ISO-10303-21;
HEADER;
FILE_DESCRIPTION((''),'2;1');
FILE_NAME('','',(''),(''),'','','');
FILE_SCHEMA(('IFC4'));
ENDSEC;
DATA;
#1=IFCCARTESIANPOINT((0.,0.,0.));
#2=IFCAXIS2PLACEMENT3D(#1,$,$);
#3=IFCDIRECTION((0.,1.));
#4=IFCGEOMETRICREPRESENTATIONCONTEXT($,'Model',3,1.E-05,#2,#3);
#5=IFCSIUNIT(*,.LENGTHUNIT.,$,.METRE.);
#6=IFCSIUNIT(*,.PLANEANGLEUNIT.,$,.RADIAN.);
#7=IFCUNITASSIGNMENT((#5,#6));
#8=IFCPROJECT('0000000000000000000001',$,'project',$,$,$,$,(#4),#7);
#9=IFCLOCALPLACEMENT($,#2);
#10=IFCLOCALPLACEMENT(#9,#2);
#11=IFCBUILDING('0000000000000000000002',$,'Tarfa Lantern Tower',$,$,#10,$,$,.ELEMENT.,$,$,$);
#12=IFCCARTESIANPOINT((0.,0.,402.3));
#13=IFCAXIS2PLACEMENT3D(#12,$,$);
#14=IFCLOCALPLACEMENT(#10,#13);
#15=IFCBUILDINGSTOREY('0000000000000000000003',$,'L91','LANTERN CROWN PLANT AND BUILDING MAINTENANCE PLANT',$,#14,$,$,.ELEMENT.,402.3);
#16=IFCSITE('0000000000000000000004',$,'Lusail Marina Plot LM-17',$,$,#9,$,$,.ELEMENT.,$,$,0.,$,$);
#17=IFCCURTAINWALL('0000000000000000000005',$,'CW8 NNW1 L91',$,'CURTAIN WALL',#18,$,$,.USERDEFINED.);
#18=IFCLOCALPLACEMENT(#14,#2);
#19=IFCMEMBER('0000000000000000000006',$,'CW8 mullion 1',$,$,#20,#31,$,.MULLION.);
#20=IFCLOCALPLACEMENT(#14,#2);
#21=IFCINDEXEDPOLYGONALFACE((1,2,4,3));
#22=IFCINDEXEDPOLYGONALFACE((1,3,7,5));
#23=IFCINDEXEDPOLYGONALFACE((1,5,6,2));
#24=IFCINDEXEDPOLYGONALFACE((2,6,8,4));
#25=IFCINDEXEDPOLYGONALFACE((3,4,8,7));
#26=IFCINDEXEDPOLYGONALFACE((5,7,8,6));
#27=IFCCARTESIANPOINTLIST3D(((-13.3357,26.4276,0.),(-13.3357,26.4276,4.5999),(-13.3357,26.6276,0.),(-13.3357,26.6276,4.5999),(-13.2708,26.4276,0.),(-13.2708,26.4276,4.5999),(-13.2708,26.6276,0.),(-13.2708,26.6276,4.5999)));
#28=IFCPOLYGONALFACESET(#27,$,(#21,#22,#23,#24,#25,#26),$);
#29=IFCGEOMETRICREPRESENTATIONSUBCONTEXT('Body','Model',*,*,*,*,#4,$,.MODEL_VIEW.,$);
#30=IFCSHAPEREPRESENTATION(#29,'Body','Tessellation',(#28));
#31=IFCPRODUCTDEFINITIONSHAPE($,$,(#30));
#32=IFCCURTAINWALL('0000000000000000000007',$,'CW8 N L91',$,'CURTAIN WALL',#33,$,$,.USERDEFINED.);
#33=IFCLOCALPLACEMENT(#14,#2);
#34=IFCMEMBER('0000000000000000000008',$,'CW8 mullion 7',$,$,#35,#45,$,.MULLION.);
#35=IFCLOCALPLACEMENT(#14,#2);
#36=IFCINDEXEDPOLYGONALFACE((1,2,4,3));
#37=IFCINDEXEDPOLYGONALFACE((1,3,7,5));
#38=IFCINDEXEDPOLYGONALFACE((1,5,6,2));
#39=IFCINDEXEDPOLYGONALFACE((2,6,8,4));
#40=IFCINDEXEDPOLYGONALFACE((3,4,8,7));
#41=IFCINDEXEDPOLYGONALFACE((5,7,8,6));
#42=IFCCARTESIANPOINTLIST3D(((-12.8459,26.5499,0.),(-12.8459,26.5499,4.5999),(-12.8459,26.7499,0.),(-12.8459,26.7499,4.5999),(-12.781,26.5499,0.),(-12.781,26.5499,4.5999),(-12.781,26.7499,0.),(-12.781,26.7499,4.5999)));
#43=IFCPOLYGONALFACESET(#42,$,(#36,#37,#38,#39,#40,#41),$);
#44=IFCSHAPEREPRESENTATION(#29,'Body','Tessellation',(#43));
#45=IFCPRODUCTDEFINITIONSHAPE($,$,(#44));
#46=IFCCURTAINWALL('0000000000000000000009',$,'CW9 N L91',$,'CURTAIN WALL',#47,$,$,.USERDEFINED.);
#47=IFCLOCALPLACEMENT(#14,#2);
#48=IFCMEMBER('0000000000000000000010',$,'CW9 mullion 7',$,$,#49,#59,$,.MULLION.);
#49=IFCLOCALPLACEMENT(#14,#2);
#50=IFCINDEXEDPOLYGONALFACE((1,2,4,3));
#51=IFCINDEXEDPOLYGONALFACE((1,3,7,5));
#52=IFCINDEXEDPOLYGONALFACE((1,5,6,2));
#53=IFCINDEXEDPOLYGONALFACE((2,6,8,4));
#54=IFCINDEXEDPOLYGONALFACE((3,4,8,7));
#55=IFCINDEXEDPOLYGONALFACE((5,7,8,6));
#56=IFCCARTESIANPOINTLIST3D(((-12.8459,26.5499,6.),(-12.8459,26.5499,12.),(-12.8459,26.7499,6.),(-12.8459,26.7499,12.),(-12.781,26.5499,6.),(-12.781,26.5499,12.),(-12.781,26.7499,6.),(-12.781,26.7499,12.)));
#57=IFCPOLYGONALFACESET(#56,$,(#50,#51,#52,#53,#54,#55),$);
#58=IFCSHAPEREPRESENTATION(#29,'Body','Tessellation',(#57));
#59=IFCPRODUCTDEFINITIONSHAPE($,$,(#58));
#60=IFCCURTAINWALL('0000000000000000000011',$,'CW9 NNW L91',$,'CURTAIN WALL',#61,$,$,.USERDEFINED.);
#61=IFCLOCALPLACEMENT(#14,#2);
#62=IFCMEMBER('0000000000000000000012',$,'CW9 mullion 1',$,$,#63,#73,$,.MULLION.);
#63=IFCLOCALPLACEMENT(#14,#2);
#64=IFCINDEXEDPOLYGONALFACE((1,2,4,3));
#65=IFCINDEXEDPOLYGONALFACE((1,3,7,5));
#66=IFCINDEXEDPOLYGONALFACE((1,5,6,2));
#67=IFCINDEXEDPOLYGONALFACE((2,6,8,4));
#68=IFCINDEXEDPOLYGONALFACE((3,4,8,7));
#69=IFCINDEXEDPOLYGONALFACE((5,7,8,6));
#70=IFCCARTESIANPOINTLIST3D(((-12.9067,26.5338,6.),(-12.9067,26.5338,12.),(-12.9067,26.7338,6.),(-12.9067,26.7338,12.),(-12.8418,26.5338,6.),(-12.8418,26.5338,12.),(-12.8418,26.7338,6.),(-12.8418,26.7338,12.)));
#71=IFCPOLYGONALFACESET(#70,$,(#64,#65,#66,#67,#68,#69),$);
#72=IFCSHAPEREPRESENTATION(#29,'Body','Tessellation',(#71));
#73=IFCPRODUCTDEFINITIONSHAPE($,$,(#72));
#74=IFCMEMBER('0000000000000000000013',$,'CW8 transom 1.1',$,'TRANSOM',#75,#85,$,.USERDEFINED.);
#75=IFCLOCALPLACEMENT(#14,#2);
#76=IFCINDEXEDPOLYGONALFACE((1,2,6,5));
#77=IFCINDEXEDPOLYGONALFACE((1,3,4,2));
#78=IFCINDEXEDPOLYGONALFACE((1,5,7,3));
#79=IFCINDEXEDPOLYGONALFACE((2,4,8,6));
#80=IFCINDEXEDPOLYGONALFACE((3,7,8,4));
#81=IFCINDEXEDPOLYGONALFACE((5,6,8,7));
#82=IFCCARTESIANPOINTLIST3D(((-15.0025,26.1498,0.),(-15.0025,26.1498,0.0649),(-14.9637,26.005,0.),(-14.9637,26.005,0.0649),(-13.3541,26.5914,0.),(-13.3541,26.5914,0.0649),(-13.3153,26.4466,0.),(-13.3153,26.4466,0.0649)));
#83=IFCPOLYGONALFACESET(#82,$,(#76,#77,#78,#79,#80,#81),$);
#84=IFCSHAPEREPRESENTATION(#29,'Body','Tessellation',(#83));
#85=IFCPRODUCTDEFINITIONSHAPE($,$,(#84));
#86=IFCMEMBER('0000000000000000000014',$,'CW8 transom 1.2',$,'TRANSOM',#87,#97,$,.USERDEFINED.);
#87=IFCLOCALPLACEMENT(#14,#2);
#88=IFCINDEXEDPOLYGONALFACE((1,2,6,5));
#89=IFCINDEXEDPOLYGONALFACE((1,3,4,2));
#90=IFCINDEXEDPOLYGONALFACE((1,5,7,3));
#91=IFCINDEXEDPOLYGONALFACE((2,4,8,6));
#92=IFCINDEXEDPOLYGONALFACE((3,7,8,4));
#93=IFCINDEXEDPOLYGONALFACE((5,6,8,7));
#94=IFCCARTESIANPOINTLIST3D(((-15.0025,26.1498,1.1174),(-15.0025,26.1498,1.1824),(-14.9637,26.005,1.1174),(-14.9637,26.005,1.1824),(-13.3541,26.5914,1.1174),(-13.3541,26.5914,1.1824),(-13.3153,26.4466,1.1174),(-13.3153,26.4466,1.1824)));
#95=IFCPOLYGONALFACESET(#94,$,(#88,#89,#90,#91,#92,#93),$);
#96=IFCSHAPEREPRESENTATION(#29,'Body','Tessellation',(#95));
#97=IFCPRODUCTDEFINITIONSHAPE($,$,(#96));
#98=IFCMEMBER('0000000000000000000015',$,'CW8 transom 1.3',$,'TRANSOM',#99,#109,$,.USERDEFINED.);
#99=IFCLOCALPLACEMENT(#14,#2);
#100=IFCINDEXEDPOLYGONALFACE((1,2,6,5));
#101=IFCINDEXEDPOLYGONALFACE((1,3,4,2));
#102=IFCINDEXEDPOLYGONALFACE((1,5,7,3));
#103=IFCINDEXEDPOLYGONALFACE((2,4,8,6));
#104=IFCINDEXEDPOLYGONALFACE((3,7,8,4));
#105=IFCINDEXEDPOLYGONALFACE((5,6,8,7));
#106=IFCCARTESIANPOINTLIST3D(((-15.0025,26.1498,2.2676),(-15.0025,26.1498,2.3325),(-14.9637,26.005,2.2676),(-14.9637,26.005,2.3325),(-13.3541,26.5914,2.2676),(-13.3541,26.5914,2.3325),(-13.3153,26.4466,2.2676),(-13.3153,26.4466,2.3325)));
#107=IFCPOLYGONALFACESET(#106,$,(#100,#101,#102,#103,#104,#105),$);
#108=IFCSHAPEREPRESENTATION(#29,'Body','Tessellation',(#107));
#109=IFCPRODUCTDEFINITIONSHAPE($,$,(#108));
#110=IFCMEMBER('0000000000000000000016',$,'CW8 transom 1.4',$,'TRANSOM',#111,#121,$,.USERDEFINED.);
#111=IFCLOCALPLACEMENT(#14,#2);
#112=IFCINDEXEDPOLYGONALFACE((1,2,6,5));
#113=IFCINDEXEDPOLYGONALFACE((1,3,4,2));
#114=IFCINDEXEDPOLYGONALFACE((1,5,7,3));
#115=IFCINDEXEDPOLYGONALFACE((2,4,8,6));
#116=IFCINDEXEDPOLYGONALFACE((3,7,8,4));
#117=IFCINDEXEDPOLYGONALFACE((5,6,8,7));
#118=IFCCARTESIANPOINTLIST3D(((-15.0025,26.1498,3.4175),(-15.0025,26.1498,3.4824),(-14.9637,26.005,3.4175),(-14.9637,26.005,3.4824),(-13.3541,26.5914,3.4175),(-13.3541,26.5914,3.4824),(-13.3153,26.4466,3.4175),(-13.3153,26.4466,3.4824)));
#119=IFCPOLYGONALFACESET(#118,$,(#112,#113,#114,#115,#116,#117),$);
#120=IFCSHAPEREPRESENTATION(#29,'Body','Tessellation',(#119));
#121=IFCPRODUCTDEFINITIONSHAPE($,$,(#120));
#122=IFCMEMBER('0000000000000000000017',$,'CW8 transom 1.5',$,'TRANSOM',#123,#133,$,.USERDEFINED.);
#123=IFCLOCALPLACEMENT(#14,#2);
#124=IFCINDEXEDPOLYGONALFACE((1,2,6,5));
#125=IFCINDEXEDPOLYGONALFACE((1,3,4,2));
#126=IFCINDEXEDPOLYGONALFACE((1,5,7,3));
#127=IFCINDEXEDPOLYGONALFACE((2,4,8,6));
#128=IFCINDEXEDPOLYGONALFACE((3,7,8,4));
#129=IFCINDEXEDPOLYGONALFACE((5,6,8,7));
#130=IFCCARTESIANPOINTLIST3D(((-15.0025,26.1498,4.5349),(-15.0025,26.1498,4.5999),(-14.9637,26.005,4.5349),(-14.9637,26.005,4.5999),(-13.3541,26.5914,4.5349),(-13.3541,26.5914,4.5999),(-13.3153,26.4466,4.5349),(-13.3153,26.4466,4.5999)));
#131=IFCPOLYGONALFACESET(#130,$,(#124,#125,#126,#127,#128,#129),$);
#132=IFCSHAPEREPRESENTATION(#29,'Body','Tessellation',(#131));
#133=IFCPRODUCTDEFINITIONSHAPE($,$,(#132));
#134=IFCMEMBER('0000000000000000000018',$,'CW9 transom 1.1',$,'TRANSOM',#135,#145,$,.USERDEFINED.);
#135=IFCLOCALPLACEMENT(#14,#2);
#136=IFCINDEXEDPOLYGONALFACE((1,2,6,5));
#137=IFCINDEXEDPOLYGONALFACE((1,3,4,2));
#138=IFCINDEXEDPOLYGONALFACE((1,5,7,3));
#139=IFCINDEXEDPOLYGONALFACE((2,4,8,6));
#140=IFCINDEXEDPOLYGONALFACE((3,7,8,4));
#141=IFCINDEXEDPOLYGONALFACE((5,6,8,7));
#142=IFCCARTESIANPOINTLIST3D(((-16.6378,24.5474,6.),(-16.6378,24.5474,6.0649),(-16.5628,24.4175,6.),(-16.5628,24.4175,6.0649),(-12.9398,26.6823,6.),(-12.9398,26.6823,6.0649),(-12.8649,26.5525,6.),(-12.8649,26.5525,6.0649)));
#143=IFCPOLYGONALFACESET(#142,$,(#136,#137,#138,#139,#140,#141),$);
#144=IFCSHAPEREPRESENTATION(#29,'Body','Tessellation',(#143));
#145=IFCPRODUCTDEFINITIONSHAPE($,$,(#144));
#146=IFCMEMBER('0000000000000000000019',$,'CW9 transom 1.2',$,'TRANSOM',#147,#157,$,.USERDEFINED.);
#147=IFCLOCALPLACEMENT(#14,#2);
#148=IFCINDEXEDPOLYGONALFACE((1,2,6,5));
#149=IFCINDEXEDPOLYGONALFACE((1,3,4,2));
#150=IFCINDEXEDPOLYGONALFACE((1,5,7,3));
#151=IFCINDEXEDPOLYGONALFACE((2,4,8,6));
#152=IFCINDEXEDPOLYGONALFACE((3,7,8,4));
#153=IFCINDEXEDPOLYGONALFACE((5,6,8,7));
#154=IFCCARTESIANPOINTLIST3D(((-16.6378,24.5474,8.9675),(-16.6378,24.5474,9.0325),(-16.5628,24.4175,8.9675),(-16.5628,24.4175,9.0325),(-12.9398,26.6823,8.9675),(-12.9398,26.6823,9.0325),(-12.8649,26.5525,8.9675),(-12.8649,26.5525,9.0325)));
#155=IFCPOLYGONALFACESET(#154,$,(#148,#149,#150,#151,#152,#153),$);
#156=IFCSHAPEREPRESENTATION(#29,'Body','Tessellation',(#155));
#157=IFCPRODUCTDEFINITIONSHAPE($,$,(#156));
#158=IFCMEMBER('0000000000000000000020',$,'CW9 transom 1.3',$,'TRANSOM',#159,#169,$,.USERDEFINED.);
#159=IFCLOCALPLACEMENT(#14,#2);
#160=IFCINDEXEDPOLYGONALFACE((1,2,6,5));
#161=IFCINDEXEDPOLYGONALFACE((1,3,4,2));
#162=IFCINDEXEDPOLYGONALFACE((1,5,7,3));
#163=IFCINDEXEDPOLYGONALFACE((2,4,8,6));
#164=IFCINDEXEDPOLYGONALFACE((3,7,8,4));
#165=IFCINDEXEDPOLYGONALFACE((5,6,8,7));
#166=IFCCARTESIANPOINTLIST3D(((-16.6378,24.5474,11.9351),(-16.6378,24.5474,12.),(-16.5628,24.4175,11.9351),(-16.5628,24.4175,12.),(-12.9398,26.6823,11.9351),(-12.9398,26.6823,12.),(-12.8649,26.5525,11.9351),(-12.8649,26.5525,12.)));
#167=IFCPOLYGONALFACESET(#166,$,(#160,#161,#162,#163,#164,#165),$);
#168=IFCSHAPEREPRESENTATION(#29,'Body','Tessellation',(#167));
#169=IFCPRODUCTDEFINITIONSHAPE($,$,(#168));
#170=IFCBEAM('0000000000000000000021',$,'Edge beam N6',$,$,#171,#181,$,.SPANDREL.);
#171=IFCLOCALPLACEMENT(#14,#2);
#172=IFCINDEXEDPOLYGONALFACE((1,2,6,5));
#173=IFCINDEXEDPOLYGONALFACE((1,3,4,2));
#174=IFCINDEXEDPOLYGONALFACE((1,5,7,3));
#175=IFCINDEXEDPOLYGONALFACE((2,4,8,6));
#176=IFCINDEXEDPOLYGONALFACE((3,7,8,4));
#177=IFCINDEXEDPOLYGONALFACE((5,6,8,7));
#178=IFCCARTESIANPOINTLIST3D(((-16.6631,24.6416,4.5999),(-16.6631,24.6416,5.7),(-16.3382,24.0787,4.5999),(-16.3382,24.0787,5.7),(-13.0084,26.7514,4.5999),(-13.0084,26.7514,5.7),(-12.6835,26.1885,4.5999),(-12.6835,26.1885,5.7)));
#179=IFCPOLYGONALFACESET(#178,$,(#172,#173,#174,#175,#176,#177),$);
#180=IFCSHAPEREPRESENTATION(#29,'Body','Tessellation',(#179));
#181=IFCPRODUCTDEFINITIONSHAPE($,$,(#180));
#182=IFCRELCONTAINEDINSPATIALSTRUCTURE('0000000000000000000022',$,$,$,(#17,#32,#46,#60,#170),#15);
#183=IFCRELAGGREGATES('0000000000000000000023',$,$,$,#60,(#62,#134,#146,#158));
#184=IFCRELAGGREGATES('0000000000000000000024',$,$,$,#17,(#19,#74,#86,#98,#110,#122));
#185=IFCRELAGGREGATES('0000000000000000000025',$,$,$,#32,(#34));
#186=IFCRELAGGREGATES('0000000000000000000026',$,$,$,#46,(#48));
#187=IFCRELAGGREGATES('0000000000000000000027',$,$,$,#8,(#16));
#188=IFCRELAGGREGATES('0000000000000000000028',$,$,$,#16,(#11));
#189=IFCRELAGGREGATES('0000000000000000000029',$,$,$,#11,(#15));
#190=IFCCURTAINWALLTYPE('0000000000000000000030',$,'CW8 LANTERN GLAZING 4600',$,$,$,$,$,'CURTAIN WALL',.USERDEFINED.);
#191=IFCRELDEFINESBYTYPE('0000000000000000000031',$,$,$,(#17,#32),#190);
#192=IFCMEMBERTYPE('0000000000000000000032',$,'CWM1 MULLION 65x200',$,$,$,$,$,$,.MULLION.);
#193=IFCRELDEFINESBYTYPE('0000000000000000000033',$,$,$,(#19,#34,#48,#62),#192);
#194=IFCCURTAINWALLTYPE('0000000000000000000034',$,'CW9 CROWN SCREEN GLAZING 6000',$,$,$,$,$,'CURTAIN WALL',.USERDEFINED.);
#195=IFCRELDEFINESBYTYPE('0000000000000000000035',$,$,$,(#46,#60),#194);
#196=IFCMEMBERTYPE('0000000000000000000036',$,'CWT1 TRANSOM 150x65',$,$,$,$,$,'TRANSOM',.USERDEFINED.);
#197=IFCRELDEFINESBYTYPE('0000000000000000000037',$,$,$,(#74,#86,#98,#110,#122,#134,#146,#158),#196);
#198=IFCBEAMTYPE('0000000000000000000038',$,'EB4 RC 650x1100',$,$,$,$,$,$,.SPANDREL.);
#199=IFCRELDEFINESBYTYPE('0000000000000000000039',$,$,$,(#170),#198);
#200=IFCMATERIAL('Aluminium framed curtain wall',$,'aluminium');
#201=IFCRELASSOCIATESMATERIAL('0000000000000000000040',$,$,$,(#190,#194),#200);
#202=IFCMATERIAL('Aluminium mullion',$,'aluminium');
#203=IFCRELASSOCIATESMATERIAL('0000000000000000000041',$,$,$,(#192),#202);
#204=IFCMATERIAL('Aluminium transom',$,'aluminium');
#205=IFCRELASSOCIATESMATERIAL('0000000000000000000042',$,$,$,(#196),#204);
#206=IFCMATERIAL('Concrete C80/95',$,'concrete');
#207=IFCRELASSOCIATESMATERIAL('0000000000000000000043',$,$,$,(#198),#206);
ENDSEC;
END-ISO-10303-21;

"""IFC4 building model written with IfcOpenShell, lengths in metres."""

from ifc_helpers import new_model, si_unit, direction, frame, origin, origin_2d, place, context, subcontext, project, spatial, rectangle, extrude, material, material_profile, profile_set, type_object, element, aggregate, save


model = new_model("IFC4")

# Units and contexts
model_context = context("Model", 3, precision=1e-05, world=origin(), true_north=direction((0.0, 1.0)))
body_context = subcontext(model_context, "Body", "Model", "MODEL_VIEW")
ifc_project = project(units=[si_unit("LENGTHUNIT", "METRE"), si_unit("PLANEANGLEUNIT", "RADIAN")], contexts=[model_context])

# Site, building, storey
site_placement = place(None, origin())
site = spatial("IfcSite", under=ifc_project, at=site_placement, Name="Lusail Marina Plot LM-17", CompositionType="ELEMENT", RefElevation=0.0)
building_placement = place(site_placement, origin())
building = spatial("IfcBuilding", under=site, at=building_placement, Name="Tarfa Lantern Tower", CompositionType="ELEMENT")
storey_placement = place(building_placement, frame((0.0, 0.0, 402.3)))
storey = spatial("IfcBuildingStorey", under=building, at=storey_placement, Name="L91", Description="LANTERN CROWN PLANT AND BUILDING MAINTENANCE PLANT", CompositionType="ELEMENT", Elevation=402.3)

# Curtain walls, members
ifc_material_1 = material(Name="Aluminium framed curtain wall", Category="aluminium")
curtain_wall_type_1 = type_object("IfcCurtainWallType", Name="CW8 LANTERN GLAZING 4600", ElementType="CURTAIN WALL", PredefinedType="USERDEFINED", material=ifc_material_1)
curtain_wall_1_placement = place(storey_placement, origin())
curtain_wall_1 = element("IfcCurtainWall", 1, at=curtain_wall_1_placement, inside=storey, type_object=curtain_wall_type_1, Name="CW8 NNW1 L91", ObjectType="CURTAIN WALL", PredefinedType="USERDEFINED")
ifc_material_2 = material(Name="Aluminium mullion", Category="aluminium")
ifc_material_profile_1 = material_profile(ifc_material_2, rectangle(XDim=0.0649, YDim=0.2, at=origin_2d()), Name="AL MULLION 65x200")
ifc_profile_set_1 = profile_set([ifc_material_profile_1], Name="Aluminium mullion")
member_type_1 = type_object("IfcMemberType", Name="CWM1 MULLION 65x200", PredefinedType="MULLION", material=ifc_profile_set_1)
member_1_placement = place(storey_placement, frame((-13.3032, 26.5276, 0.0), z_axis=(0.0, 0.0, 1.0), x_axis=(1.0, 0.0, 0.0)))
member_1 = element("IfcMember", 2, at=member_1_placement, type_object=member_type_1, Name="CW8 mullion 1", PredefinedType="MULLION", context=body_context, shape_type="SweptSolid", body=[
    extrude(rectangle(XDim=0.0649, YDim=0.2, at=origin_2d()), origin(), (0.0, 0.0, 1.0), 4.5999),
])
curtain_wall_2_placement = place(storey_placement, origin())
curtain_wall_2 = element("IfcCurtainWall", 3, at=curtain_wall_2_placement, inside=storey, type_object=curtain_wall_type_1, Name="CW8 N L91", ObjectType="CURTAIN WALL", PredefinedType="USERDEFINED")
member_2_placement = place(storey_placement, frame((-12.8135, 26.6499, 0.0), z_axis=(0.0, 0.0, 1.0), x_axis=(1.0, 0.0, 0.0)))
member_2 = element("IfcMember", 4, at=member_2_placement, type_object=member_type_1, Name="CW8 mullion 7", PredefinedType="MULLION", context=body_context, shape_type="SweptSolid", body=[
    extrude(rectangle(XDim=0.0649, YDim=0.2, at=origin_2d()), origin(), (0.0, 0.0, 1.0), 4.5999),
])
curtain_wall_type_2 = type_object("IfcCurtainWallType", Name="CW9 CROWN SCREEN GLAZING 6000", ElementType="CURTAIN WALL", PredefinedType="USERDEFINED", material=ifc_material_1)
curtain_wall_3_placement = place(storey_placement, origin())
curtain_wall_3 = element("IfcCurtainWall", 5, at=curtain_wall_3_placement, inside=storey, type_object=curtain_wall_type_2, Name="CW9 N L91", ObjectType="CURTAIN WALL", PredefinedType="USERDEFINED")
member_3_placement = place(storey_placement, frame((-12.8135, 26.6499, 6.0), z_axis=(0.0, 0.0, 1.0), x_axis=(1.0, 0.0, 0.0)))
member_3 = element("IfcMember", 6, at=member_3_placement, type_object=member_type_1, Name="CW9 mullion 7", PredefinedType="MULLION", context=body_context, shape_type="SweptSolid", body=[
    extrude(rectangle(XDim=0.0649, YDim=0.2, at=origin_2d()), origin(), (0.0, 0.0, 1.0), 6.0),
])
curtain_wall_4_placement = place(storey_placement, origin())
curtain_wall_4 = element("IfcCurtainWall", 7, at=curtain_wall_4_placement, inside=storey, type_object=curtain_wall_type_2, Name="CW9 NNW L91", ObjectType="CURTAIN WALL", PredefinedType="USERDEFINED")
member_4_placement = place(storey_placement, frame((-12.8743, 26.6338, 6.0), z_axis=(0.0, 0.0, 1.0), x_axis=(1.0, 0.0, 0.0)))
member_4 = element("IfcMember", 8, at=member_4_placement, type_object=member_type_1, Name="CW9 mullion 1", PredefinedType="MULLION", context=body_context, shape_type="SweptSolid", body=[
    extrude(rectangle(XDim=0.0649, YDim=0.2, at=origin_2d()), origin(), (0.0, 0.0, 1.0), 6.0),
])

# Members
ifc_material_3 = material(Name="Aluminium transom", Category="aluminium")
ifc_material_profile_2 = material_profile(ifc_material_3, rectangle(XDim=0.1499, YDim=0.0649, at=origin_2d()), Name="AL TRANSOM 150x65")
ifc_profile_set_2 = profile_set([ifc_material_profile_2], Name="Aluminium transom")
member_type_2 = type_object("IfcMemberType", Name="CWT1 TRANSOM 150x65", ElementType="TRANSOM", PredefinedType="USERDEFINED", material=ifc_profile_set_2)
member_5_placement = place(storey_placement, frame((-13.3347, 26.519, 0.0325), z_axis=(-0.965933, -0.258793, 0.0), x_axis=(0.258793, -0.965933, 0.0)))
member_5 = element("IfcMember", 9, at=member_5_placement, type_object=member_type_2, Name="CW8 transom 1.1", ObjectType="TRANSOM", PredefinedType="USERDEFINED", context=body_context, shape_type="SweptSolid", body=[
    extrude(rectangle(XDim=0.1499, YDim=0.0649, at=origin_2d()), origin(), (0.0, 0.0, 1.0), 1.7065),
])
member_6_placement = place(storey_placement, frame((-13.3347, 26.519, 1.1499), z_axis=(-0.965933, -0.258793, 0.0), x_axis=(0.258793, -0.965933, 0.0)))
member_6 = element("IfcMember", 10, at=member_6_placement, type_object=member_type_2, Name="CW8 transom 1.2", ObjectType="TRANSOM", PredefinedType="USERDEFINED", context=body_context, shape_type="SweptSolid", body=[
    extrude(rectangle(XDim=0.1499, YDim=0.0649, at=origin_2d()), origin(), (0.0, 0.0, 1.0), 1.7065),
])
member_7_placement = place(storey_placement, frame((-13.3347, 26.519, 2.3), z_axis=(-0.965933, -0.258793, 0.0), x_axis=(0.258793, -0.965933, 0.0)))
member_7 = element("IfcMember", 11, at=member_7_placement, type_object=member_type_2, Name="CW8 transom 1.3", ObjectType="TRANSOM", PredefinedType="USERDEFINED", context=body_context, shape_type="SweptSolid", body=[
    extrude(rectangle(XDim=0.1499, YDim=0.0649, at=origin_2d()), origin(), (0.0, 0.0, 1.0), 1.7065),
])
member_8_placement = place(storey_placement, frame((-13.3347, 26.519, 3.45), z_axis=(-0.965933, -0.258793, 0.0), x_axis=(0.258793, -0.965933, 0.0)))
member_8 = element("IfcMember", 12, at=member_8_placement, type_object=member_type_2, Name="CW8 transom 1.4", ObjectType="TRANSOM", PredefinedType="USERDEFINED", context=body_context, shape_type="SweptSolid", body=[
    extrude(rectangle(XDim=0.1499, YDim=0.0649, at=origin_2d()), origin(), (0.0, 0.0, 1.0), 1.7065),
])
member_9_placement = place(storey_placement, frame((-13.3347, 26.519, 4.5674), z_axis=(-0.965933, -0.258793, 0.0), x_axis=(0.258793, -0.965933, 0.0)))
member_9 = element("IfcMember", 13, at=member_9_placement, type_object=member_type_2, Name="CW8 transom 1.5", ObjectType="TRANSOM", PredefinedType="USERDEFINED", context=body_context, shape_type="SweptSolid", body=[
    extrude(rectangle(XDim=0.1499, YDim=0.0649, at=origin_2d()), origin(), (0.0, 0.0, 1.0), 1.7065),
])
member_10_placement = place(storey_placement, frame((-12.9023, 26.6174, 6.0325), z_axis=(-0.866028, -0.499995, 0.0), x_axis=(0.499995, -0.866028, 0.0)))
member_10 = element("IfcMember", 14, at=member_10_placement, type_object=member_type_2, Name="CW9 transom 1.1", ObjectType="TRANSOM", PredefinedType="USERDEFINED", context=body_context, shape_type="SweptSolid", body=[
    extrude(rectangle(XDim=0.1499, YDim=0.0649, at=origin_2d()), origin(), (0.0, 0.0, 1.0), 4.27),
])
member_11_placement = place(storey_placement, frame((-12.9023, 26.6174, 9.0), z_axis=(-0.866028, -0.499995, 0.0), x_axis=(0.499995, -0.866028, 0.0)))
member_11 = element("IfcMember", 15, at=member_11_placement, type_object=member_type_2, Name="CW9 transom 1.2", ObjectType="TRANSOM", PredefinedType="USERDEFINED", context=body_context, shape_type="SweptSolid", body=[
    extrude(rectangle(XDim=0.1499, YDim=0.0649, at=origin_2d()), origin(), (0.0, 0.0, 1.0), 4.27),
])
member_12_placement = place(storey_placement, frame((-12.9023, 26.6174, 11.9675), z_axis=(-0.866028, -0.499995, 0.0), x_axis=(0.499995, -0.866028, 0.0)))
member_12 = element("IfcMember", 16, at=member_12_placement, type_object=member_type_2, Name="CW9 transom 1.3", ObjectType="TRANSOM", PredefinedType="USERDEFINED", context=body_context, shape_type="SweptSolid", body=[
    extrude(rectangle(XDim=0.1499, YDim=0.0649, at=origin_2d()), origin(), (0.0, 0.0, 1.0), 4.27),
])
aggregate(curtain_wall_4, [member_4, member_10, member_11, member_12])

# Beam
ifc_material_4 = material(Name="Concrete C80/95", Category="concrete")
ifc_material_profile_3 = material_profile(ifc_material_4, rectangle(XDim=0.6499, YDim=1.1001, at=origin_2d()), Name="RC 650x1100")
ifc_profile_set_3 = profile_set([ifc_material_profile_3], Name="Concrete C80/95")
beam_type_1 = type_object("IfcBeamType", Name="EB4 RC 650x1100", PredefinedType="SPANDREL", material=ifc_profile_set_3)
beam_1_placement = place(storey_placement, frame((-12.8459, 26.47, 5.1499), z_axis=(-0.866049, -0.499959, 0.0), x_axis=(0.499959, -0.866049, 0.0)))
element("IfcBeam", 17, at=beam_1_placement, inside=storey, type_object=beam_type_1, Name="Edge beam N6", PredefinedType="SPANDREL", context=body_context, shape_type="SweptSolid", body=[
    extrude(rectangle(XDim=0.6499, YDim=1.1001, at=origin_2d()), origin(), (0.0, 0.0, 1.0), 4.22),
])

aggregate(curtain_wall_1, [member_1, member_5, member_6, member_7, member_8, member_9])
aggregate(curtain_wall_2, [member_2])
aggregate(curtain_wall_3, [member_3])

save(model, "model.ifc")
